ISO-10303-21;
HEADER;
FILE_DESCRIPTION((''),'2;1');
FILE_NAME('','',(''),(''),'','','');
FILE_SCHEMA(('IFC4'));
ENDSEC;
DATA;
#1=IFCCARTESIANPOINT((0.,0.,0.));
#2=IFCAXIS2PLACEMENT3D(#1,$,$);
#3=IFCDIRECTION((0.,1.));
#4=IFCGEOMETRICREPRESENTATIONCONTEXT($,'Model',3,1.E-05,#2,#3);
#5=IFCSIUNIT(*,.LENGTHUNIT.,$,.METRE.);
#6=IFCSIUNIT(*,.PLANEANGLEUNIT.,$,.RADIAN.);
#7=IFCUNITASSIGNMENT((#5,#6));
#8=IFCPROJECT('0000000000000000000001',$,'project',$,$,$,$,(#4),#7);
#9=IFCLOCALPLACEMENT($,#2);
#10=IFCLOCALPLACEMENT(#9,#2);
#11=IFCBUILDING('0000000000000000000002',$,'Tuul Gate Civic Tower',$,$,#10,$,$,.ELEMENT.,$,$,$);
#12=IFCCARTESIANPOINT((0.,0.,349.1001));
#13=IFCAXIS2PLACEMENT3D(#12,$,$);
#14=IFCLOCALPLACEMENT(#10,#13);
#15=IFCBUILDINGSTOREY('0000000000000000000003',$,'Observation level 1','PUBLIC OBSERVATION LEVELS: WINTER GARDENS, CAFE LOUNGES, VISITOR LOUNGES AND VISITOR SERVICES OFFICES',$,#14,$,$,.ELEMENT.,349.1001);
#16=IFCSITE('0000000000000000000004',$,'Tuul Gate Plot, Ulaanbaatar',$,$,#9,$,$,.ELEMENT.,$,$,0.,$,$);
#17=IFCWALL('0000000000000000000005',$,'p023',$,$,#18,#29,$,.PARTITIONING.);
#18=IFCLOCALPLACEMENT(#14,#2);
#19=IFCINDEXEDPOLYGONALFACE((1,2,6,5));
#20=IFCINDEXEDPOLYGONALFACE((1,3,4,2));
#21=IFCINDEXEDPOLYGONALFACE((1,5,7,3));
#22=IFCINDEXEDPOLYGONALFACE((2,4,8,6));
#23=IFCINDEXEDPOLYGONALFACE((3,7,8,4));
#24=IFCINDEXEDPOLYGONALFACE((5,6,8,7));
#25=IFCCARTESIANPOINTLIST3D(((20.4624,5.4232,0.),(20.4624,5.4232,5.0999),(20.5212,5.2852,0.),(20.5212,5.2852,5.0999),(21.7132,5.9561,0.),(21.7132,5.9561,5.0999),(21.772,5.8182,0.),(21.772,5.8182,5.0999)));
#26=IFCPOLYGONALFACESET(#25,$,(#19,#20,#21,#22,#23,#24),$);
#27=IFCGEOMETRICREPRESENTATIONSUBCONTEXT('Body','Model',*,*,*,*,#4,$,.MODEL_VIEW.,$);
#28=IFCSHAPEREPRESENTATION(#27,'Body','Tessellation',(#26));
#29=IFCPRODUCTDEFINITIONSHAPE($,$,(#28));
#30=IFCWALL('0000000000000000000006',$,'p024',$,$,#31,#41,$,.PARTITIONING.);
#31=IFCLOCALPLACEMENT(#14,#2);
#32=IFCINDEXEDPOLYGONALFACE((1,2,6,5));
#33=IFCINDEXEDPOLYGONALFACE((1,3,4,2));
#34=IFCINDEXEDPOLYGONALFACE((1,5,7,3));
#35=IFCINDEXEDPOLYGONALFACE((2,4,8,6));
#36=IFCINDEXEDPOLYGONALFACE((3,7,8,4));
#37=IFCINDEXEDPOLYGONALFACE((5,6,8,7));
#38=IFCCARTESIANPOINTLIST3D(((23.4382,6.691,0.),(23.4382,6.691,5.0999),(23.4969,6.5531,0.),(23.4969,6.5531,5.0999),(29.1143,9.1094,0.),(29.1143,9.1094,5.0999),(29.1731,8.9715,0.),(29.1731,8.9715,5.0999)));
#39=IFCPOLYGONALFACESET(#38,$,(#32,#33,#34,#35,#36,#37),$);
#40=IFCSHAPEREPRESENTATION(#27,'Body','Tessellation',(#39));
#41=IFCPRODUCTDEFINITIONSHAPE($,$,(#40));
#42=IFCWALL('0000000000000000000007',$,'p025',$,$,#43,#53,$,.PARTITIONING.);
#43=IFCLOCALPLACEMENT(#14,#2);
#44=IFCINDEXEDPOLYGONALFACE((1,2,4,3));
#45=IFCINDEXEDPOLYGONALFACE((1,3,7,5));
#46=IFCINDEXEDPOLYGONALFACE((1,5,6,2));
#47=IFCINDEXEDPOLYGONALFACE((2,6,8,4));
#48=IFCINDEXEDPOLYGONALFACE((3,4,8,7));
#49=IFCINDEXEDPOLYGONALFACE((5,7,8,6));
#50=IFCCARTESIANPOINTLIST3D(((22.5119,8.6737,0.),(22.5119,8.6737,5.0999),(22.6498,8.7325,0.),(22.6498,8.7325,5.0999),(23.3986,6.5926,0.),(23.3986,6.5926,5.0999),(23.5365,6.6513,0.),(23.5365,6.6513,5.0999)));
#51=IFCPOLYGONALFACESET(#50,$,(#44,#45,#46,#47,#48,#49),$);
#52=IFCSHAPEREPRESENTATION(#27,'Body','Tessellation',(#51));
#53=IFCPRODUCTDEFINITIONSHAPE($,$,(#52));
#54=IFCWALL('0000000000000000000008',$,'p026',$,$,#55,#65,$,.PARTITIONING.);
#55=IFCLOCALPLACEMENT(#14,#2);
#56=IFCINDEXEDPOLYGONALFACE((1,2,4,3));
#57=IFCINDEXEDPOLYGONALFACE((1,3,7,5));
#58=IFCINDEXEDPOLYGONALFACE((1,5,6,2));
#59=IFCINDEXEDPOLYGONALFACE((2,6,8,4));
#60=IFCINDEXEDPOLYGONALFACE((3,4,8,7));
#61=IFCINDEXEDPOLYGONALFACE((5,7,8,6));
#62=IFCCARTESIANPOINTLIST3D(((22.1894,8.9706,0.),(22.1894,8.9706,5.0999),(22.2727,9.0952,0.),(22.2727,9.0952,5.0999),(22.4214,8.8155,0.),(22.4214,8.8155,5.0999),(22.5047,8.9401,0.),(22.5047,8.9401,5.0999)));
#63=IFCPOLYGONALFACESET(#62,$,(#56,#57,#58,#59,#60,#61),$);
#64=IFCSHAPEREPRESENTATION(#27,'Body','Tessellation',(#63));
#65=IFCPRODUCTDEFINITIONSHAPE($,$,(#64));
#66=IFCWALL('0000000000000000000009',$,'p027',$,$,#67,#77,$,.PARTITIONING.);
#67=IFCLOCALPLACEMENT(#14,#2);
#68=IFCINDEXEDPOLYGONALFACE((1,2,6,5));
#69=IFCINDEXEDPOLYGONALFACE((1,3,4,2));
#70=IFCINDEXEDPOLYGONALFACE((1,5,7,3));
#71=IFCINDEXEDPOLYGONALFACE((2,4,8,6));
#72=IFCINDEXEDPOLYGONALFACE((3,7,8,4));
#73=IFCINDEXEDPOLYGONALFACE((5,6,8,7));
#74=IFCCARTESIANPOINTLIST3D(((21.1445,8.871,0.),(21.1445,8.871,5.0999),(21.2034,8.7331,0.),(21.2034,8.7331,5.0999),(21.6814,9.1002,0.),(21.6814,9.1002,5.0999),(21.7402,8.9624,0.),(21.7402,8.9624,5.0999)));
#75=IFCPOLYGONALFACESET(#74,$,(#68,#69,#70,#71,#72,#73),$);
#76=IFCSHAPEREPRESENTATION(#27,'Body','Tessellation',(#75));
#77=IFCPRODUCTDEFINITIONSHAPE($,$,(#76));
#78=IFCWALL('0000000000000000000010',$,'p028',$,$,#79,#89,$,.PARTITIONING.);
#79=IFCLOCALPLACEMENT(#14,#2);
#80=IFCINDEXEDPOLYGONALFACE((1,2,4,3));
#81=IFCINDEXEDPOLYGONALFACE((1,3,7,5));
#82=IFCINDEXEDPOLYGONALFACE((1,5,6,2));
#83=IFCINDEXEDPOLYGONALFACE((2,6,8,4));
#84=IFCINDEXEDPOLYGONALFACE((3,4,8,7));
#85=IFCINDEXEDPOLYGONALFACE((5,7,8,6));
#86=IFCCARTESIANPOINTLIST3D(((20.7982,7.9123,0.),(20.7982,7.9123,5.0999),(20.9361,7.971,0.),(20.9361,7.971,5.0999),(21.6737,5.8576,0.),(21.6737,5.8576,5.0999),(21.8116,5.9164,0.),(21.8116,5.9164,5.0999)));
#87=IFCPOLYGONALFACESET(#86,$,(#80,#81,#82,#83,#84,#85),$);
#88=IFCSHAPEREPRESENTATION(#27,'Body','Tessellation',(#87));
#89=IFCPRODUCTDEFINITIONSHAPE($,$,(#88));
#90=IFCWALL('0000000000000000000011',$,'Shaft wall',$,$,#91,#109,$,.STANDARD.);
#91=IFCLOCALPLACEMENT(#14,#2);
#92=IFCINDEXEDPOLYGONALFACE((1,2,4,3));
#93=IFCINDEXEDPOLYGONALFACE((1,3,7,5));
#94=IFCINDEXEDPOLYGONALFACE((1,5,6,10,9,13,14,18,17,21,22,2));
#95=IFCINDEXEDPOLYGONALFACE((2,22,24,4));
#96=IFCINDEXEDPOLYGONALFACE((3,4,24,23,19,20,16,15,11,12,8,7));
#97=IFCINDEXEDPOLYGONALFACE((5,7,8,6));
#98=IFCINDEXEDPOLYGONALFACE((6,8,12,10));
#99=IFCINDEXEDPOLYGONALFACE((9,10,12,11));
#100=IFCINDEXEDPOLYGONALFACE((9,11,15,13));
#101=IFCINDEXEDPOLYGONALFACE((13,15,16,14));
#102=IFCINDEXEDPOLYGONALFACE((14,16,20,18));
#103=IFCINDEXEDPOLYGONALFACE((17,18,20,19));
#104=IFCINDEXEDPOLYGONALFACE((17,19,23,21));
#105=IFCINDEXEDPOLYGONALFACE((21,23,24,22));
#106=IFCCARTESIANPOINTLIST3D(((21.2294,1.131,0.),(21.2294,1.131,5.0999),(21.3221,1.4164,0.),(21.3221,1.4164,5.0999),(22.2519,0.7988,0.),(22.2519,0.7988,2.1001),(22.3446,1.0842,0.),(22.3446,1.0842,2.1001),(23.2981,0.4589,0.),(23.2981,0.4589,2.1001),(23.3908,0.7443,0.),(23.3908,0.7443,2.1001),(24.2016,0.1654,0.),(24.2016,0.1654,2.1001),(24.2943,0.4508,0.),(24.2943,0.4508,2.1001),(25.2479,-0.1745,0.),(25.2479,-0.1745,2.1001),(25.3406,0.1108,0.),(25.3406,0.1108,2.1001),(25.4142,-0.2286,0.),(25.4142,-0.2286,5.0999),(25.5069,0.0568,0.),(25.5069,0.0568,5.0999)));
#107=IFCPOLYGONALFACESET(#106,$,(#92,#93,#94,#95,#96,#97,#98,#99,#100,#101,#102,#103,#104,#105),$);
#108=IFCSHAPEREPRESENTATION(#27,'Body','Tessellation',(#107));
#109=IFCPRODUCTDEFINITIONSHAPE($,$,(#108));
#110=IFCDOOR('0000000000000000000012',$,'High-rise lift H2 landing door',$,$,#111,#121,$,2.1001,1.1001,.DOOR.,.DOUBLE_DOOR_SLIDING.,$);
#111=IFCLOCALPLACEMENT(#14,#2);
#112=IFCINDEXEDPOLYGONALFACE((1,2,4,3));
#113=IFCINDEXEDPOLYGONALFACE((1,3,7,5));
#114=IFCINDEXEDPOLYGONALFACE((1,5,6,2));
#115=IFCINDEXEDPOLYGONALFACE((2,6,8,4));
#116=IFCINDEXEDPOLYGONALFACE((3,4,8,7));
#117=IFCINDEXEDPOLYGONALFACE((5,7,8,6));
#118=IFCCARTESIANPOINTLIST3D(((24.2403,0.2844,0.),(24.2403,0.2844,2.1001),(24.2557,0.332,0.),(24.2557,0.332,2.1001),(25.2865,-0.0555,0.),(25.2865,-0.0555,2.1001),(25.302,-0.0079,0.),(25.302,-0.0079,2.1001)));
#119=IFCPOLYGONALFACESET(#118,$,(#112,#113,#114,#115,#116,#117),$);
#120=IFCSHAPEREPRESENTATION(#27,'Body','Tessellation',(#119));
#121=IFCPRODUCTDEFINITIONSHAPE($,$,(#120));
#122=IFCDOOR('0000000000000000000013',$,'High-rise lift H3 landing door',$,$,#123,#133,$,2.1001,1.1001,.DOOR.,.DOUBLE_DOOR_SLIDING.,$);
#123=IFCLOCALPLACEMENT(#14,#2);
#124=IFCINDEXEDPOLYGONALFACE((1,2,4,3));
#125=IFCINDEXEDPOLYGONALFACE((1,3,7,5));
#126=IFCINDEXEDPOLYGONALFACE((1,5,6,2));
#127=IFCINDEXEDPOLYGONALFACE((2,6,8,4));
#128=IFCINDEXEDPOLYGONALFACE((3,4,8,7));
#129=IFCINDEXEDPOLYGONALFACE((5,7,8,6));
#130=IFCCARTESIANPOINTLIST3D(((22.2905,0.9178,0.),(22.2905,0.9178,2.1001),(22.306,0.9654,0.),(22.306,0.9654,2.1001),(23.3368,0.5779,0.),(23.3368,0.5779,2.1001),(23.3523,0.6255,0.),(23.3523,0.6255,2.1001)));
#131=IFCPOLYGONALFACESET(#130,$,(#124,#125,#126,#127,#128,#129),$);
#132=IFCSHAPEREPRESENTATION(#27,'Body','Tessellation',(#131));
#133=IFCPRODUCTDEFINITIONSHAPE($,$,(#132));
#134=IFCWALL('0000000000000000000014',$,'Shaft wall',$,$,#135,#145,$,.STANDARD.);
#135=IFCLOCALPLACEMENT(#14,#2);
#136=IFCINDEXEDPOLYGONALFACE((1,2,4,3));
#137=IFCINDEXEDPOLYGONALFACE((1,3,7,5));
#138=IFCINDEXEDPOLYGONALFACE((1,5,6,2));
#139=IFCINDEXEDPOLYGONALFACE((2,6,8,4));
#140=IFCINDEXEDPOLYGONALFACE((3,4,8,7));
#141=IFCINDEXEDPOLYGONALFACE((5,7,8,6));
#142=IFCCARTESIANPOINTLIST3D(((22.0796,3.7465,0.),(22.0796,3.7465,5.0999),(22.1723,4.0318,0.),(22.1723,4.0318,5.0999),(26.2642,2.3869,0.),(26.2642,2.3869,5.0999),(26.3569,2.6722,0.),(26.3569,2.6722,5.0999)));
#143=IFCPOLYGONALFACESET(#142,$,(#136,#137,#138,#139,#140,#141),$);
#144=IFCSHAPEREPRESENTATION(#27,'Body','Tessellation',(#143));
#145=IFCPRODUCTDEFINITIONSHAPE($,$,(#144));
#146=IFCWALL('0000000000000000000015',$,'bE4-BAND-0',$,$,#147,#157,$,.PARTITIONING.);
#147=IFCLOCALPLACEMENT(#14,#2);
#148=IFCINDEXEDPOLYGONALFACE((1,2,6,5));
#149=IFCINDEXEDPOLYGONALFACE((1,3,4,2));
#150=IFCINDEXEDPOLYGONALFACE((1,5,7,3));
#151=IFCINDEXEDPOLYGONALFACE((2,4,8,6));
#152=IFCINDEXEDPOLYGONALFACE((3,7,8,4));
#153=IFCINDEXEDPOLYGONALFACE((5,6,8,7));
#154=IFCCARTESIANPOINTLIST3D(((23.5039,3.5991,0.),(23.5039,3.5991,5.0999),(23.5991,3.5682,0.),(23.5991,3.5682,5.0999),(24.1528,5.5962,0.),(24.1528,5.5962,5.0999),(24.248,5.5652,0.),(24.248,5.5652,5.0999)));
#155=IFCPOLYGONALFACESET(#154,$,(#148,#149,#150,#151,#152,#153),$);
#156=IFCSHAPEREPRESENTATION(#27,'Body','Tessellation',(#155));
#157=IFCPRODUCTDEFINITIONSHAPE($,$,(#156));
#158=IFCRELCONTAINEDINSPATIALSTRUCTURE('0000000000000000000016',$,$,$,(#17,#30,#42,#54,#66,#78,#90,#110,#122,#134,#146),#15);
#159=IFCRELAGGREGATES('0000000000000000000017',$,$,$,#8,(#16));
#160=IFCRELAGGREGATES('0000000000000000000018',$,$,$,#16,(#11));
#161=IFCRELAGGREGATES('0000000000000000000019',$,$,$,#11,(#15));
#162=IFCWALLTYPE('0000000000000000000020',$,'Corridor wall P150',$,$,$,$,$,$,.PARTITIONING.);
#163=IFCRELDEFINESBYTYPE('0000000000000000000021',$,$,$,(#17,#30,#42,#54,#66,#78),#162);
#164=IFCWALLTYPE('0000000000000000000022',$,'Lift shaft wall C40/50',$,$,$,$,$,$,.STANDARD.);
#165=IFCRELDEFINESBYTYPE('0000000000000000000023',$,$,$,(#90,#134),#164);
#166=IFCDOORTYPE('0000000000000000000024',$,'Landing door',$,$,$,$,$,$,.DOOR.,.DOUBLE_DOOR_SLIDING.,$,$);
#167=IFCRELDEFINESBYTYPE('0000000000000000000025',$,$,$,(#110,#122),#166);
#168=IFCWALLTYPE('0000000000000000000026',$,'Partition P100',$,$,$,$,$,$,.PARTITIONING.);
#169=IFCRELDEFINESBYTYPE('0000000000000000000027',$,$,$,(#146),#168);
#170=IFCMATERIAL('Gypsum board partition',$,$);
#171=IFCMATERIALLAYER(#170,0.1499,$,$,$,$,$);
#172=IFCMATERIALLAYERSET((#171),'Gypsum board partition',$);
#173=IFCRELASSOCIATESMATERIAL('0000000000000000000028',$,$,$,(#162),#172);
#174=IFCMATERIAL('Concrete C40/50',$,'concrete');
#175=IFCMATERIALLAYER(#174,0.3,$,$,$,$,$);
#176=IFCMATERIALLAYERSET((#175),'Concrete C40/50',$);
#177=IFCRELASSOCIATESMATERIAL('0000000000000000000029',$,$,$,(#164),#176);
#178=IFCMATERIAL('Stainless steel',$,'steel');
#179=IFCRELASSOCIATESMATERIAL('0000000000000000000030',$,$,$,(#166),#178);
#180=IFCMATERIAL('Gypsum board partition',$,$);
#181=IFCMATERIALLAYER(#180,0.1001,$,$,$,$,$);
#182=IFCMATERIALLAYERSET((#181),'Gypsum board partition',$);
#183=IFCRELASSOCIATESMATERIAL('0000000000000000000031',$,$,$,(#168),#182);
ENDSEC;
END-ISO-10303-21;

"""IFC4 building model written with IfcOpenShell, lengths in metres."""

from ifc_helpers import new_model, si_unit, direction, frame, frame_2d, origin, place, context, subcontext, project, spatial, rectangle, extrude, material, layer, layer_set, type_object, element, fill, save


model = new_model("IFC4")

# Units and contexts
model_context = context("Model", 3, precision=1e-05, world=origin(), true_north=direction((0.0, 1.0)))
body_context = subcontext(model_context, "Body", "Model", "MODEL_VIEW")
ifc_project = project(units=[si_unit("LENGTHUNIT", "METRE"), si_unit("PLANEANGLEUNIT", "RADIAN")], contexts=[model_context])

# Site, building, storey
site_placement = place(None, origin())
site = spatial("IfcSite", under=ifc_project, at=site_placement, Name="Tuul Gate Plot, Ulaanbaatar", CompositionType="ELEMENT", RefElevation=0.0)
building_placement = place(site_placement, origin())
building = spatial("IfcBuilding", under=site, at=building_placement, Name="Tuul Gate Civic Tower", CompositionType="ELEMENT")
storey_placement = place(building_placement, frame((0.0, 0.0, 349.1001)))
storey = spatial("IfcBuildingStorey", under=building, at=storey_placement, Name="Observation level 1", Description="PUBLIC OBSERVATION LEVELS: WINTER GARDENS, CAFE LOUNGES, VISITOR LOUNGES AND VISITOR SERVICES OFFICES", CompositionType="ELEMENT", Elevation=349.1001)

# Walls
ifc_material_1 = material(Name="Gypsum board partition")
ifc_layer_1 = layer(ifc_material_1, 0.1499)
ifc_layer_set_1 = layer_set([ifc_layer_1], Name="Gypsum board partition")
wall_type_1 = type_object("IfcWallType", Name="Corridor wall P150", PredefinedType="PARTITIONING", material=ifc_layer_set_1)
wall_1_placement = place(storey_placement, frame((20.4919, 5.3542, 0.0), z_axis=(0.0, 0.0, 1.0), x_axis=(0.91996, 0.392011, 0.0)))
element("IfcWall", 1, at=wall_1_placement, inside=storey, type_object=wall_type_1, Name="p023", PredefinedType="PARTITIONING", context=body_context, shape_type="SweptSolid", body=[
    extrude(rectangle(XDim=1.3596, YDim=0.1499, at=frame_2d((0.6797, 0.0))), origin(), (0.0, 0.0, 1.0), 5.0999),
])
wall_2_placement = place(storey_placement, frame((23.4675, 6.6221, 0.0), z_axis=(0.0, 0.0, 1.0), x_axis=(0.919978, 0.39197, 0.0)))
element("IfcWall", 2, at=wall_2_placement, inside=storey, type_object=wall_type_1, Name="p024", PredefinedType="PARTITIONING", context=body_context, shape_type="SweptSolid", body=[
    extrude(rectangle(XDim=6.1699, YDim=0.1499, at=frame_2d((3.085, 0.0))), origin(), (0.0, 0.0, 1.0), 5.0999),
])
wall_3_placement = place(storey_placement, frame((22.5808, 8.7031, 0.0), z_axis=(0.0, 0.0, 1.0), x_axis=(0.391991, -0.919969, 0.0)))
element("IfcWall", 3, at=wall_3_placement, inside=storey, type_object=wall_type_1, Name="p025", PredefinedType="PARTITIONING", context=body_context, shape_type="SweptSolid", body=[
    extrude(rectangle(XDim=2.2622, YDim=0.1499, at=frame_2d((1.1311, 0.0))), origin(), (0.0, 0.0, 1.0), 5.0999),
])
wall_4_placement = place(storey_placement, frame((22.231, 9.033, 0.0), z_axis=(0.0, 0.0, 1.0), x_axis=(0.831377, -0.55571, 0.0)))
element("IfcWall", 4, at=wall_4_placement, inside=storey, type_object=wall_type_1, Name="p026", PredefinedType="PARTITIONING", context=body_context, shape_type="SweptSolid", body=[
    extrude(rectangle(XDim=0.2791, YDim=0.1499, at=frame_2d((0.1396, 0.0))), origin(), (0.0, 0.0, 1.0), 5.0999),
])
wall_5_placement = place(storey_placement, frame((21.1738, 8.802, 0.0), z_axis=(0.0, 0.0, 1.0), x_axis=(0.919663, 0.392708, 0.0)))
element("IfcWall", 5, at=wall_5_placement, inside=storey, type_object=wall_type_1, Name="p027", PredefinedType="PARTITIONING", context=body_context, shape_type="SweptSolid", body=[
    extrude(rectangle(XDim=0.5837, YDim=0.1499, at=frame_2d((0.292, 0.0))), origin(), (0.0, 0.0, 1.0), 5.0999),
])
wall_6_placement = place(storey_placement, frame((20.8672, 7.9417, 0.0), z_axis=(0.0, 0.0, 1.0), x_axis=(0.391992, -0.919969, 0.0)))
element("IfcWall", 6, at=wall_6_placement, inside=storey, type_object=wall_type_1, Name="p028", PredefinedType="PARTITIONING", context=body_context, shape_type="SweptSolid", body=[
    extrude(rectangle(XDim=2.2334, YDim=0.1499, at=frame_2d((1.1167, 0.0))), origin(), (0.0, 0.0, 1.0), 5.0999),
])

# Wall, openings, doors
ifc_material_2 = material(Name="Concrete C40/50", Category="concrete")
ifc_layer_2 = layer(ifc_material_2, 0.3)
ifc_layer_set_2 = layer_set([ifc_layer_2], Name="Concrete C40/50")
wall_type_2 = type_object("IfcWallType", Name="Lift shaft wall C40/50", PredefinedType="STANDARD", material=ifc_layer_set_2)
wall_7_placement = place(storey_placement, frame((25.4607, -0.0859, 0.0), z_axis=(0.0, 0.0, 1.0), x_axis=(-0.951064, 0.308994, 0.0)))
wall_7 = element("IfcWall", 7, at=wall_7_placement, inside=storey, type_object=wall_type_2, Name="Shaft wall", PredefinedType="STANDARD", context=body_context, shape_type="SweptSolid", body=[
    extrude(rectangle(XDim=4.4001, YDim=0.3, at=frame_2d((2.2002, 0.0))), origin(), (0.0, 0.0, 1.0), 5.0999),
])
opening_1_placement = place(wall_7_placement, frame((0.175, 0.0, 0.0)))
opening_1 = element("IfcOpeningElement", 8, at=opening_1_placement, cuts=wall_7, PredefinedType="OPENING", context=body_context, shape_type="SweptSolid", body=[
    extrude(rectangle(XDim=1.1001, YDim=2.1001, at=frame_2d((0.55, 1.05))), frame((0.0, 0.1602, 0.0), z_axis=(0.0, -1.0, 0.0), x_axis=(1.0, 0.0, 0.0)), (0.0, 0.0, 1.0), 0.3201),
])
opening_2_placement = place(wall_7_placement, frame((2.2251, 0.0, 0.0)))
opening_2 = element("IfcOpeningElement", 9, at=opening_2_placement, cuts=wall_7, PredefinedType="OPENING", context=body_context, shape_type="SweptSolid", body=[
    extrude(rectangle(XDim=1.1001, YDim=2.1001, at=frame_2d((0.55, 1.05))), frame((0.0, 0.1602, 0.0), z_axis=(0.0, -1.0, 0.0), x_axis=(1.0, 0.0, 0.0)), (0.0, 0.0, 1.0), 0.3201),
])
ifc_material_3 = material(Name="Stainless steel", Category="steel")
door_type = type_object("IfcDoorType", Name="Landing door", OperationType="DOUBLE_DOOR_SLIDING", PredefinedType="DOOR", material=ifc_material_3)
door_1_placement = place(opening_1_placement, origin())
door_1 = element("IfcDoor", 10, at=door_1_placement, inside=storey, type_object=door_type, Name="High-rise lift H2 landing door", OperationType="DOUBLE_DOOR_SLIDING", OverallHeight=2.1001, OverallWidth=1.1001, PredefinedType="DOOR", context=body_context, shape_type="SweptSolid", body=[
    extrude(rectangle(XDim=1.1001, YDim=2.1001, at=frame_2d((0.55, 1.05))), frame((0.0, 0.0249, 0.0), z_axis=(0.0, -1.0, 0.0), x_axis=(1.0, 0.0, 0.0)), (0.0, 0.0, 1.0), 0.05),
])
fill(opening_1, door_1)
door_2_placement = place(opening_2_placement, origin())
door_2 = element("IfcDoor", 11, at=door_2_placement, inside=storey, type_object=door_type, Name="High-rise lift H3 landing door", OperationType="DOUBLE_DOOR_SLIDING", OverallHeight=2.1001, OverallWidth=1.1001, PredefinedType="DOOR", context=body_context, shape_type="SweptSolid", body=[
    extrude(rectangle(XDim=1.1001, YDim=2.1001, at=frame_2d((0.55, 1.05))), frame((0.0, 0.0249, 0.0), z_axis=(0.0, -1.0, 0.0), x_axis=(1.0, 0.0, 0.0)), (0.0, 0.0, 1.0), 0.05),
])
fill(opening_2, door_2)

# Walls
wall_8_placement = place(storey_placement, frame((26.3105, 2.5295, 0.0), z_axis=(0.0, 0.0, 1.0), x_axis=(-0.951059, 0.309011, 0.0)))
element("IfcWall", 12, at=wall_8_placement, inside=storey, type_object=wall_type_2, Name="Shaft wall", PredefinedType="STANDARD", context=body_context, shape_type="SweptSolid", body=[
    extrude(rectangle(XDim=4.3999, YDim=0.3, at=frame_2d((2.2, 0.0))), origin(), (0.0, 0.0, 1.0), 5.0999),
])
ifc_material_4 = material(Name="Gypsum board partition")
ifc_layer_3 = layer(ifc_material_4, 0.1001)
ifc_layer_set_3 = layer_set([ifc_layer_3], Name="Gypsum board partition")
wall_type_3 = type_object("IfcWallType", Name="Partition P100", PredefinedType="PARTITIONING", material=ifc_layer_set_3)
wall_9_placement = place(storey_placement, frame((23.5515, 3.5837, 0.0), z_axis=(0.0, 0.0, 1.0), x_axis=(0.309033, 0.951051, 0.0)))
element("IfcWall", 13, at=wall_9_placement, inside=storey, type_object=wall_type_3, Name="bE4-BAND-0", PredefinedType="PARTITIONING", context=body_context, shape_type="SweptSolid", body=[
    extrude(rectangle(XDim=2.0999, YDim=0.1001, at=frame_2d((1.0498, 0.0))), origin(), (0.0, 0.0, 1.0), 5.0999),
])

save(model, "model.ifc")
